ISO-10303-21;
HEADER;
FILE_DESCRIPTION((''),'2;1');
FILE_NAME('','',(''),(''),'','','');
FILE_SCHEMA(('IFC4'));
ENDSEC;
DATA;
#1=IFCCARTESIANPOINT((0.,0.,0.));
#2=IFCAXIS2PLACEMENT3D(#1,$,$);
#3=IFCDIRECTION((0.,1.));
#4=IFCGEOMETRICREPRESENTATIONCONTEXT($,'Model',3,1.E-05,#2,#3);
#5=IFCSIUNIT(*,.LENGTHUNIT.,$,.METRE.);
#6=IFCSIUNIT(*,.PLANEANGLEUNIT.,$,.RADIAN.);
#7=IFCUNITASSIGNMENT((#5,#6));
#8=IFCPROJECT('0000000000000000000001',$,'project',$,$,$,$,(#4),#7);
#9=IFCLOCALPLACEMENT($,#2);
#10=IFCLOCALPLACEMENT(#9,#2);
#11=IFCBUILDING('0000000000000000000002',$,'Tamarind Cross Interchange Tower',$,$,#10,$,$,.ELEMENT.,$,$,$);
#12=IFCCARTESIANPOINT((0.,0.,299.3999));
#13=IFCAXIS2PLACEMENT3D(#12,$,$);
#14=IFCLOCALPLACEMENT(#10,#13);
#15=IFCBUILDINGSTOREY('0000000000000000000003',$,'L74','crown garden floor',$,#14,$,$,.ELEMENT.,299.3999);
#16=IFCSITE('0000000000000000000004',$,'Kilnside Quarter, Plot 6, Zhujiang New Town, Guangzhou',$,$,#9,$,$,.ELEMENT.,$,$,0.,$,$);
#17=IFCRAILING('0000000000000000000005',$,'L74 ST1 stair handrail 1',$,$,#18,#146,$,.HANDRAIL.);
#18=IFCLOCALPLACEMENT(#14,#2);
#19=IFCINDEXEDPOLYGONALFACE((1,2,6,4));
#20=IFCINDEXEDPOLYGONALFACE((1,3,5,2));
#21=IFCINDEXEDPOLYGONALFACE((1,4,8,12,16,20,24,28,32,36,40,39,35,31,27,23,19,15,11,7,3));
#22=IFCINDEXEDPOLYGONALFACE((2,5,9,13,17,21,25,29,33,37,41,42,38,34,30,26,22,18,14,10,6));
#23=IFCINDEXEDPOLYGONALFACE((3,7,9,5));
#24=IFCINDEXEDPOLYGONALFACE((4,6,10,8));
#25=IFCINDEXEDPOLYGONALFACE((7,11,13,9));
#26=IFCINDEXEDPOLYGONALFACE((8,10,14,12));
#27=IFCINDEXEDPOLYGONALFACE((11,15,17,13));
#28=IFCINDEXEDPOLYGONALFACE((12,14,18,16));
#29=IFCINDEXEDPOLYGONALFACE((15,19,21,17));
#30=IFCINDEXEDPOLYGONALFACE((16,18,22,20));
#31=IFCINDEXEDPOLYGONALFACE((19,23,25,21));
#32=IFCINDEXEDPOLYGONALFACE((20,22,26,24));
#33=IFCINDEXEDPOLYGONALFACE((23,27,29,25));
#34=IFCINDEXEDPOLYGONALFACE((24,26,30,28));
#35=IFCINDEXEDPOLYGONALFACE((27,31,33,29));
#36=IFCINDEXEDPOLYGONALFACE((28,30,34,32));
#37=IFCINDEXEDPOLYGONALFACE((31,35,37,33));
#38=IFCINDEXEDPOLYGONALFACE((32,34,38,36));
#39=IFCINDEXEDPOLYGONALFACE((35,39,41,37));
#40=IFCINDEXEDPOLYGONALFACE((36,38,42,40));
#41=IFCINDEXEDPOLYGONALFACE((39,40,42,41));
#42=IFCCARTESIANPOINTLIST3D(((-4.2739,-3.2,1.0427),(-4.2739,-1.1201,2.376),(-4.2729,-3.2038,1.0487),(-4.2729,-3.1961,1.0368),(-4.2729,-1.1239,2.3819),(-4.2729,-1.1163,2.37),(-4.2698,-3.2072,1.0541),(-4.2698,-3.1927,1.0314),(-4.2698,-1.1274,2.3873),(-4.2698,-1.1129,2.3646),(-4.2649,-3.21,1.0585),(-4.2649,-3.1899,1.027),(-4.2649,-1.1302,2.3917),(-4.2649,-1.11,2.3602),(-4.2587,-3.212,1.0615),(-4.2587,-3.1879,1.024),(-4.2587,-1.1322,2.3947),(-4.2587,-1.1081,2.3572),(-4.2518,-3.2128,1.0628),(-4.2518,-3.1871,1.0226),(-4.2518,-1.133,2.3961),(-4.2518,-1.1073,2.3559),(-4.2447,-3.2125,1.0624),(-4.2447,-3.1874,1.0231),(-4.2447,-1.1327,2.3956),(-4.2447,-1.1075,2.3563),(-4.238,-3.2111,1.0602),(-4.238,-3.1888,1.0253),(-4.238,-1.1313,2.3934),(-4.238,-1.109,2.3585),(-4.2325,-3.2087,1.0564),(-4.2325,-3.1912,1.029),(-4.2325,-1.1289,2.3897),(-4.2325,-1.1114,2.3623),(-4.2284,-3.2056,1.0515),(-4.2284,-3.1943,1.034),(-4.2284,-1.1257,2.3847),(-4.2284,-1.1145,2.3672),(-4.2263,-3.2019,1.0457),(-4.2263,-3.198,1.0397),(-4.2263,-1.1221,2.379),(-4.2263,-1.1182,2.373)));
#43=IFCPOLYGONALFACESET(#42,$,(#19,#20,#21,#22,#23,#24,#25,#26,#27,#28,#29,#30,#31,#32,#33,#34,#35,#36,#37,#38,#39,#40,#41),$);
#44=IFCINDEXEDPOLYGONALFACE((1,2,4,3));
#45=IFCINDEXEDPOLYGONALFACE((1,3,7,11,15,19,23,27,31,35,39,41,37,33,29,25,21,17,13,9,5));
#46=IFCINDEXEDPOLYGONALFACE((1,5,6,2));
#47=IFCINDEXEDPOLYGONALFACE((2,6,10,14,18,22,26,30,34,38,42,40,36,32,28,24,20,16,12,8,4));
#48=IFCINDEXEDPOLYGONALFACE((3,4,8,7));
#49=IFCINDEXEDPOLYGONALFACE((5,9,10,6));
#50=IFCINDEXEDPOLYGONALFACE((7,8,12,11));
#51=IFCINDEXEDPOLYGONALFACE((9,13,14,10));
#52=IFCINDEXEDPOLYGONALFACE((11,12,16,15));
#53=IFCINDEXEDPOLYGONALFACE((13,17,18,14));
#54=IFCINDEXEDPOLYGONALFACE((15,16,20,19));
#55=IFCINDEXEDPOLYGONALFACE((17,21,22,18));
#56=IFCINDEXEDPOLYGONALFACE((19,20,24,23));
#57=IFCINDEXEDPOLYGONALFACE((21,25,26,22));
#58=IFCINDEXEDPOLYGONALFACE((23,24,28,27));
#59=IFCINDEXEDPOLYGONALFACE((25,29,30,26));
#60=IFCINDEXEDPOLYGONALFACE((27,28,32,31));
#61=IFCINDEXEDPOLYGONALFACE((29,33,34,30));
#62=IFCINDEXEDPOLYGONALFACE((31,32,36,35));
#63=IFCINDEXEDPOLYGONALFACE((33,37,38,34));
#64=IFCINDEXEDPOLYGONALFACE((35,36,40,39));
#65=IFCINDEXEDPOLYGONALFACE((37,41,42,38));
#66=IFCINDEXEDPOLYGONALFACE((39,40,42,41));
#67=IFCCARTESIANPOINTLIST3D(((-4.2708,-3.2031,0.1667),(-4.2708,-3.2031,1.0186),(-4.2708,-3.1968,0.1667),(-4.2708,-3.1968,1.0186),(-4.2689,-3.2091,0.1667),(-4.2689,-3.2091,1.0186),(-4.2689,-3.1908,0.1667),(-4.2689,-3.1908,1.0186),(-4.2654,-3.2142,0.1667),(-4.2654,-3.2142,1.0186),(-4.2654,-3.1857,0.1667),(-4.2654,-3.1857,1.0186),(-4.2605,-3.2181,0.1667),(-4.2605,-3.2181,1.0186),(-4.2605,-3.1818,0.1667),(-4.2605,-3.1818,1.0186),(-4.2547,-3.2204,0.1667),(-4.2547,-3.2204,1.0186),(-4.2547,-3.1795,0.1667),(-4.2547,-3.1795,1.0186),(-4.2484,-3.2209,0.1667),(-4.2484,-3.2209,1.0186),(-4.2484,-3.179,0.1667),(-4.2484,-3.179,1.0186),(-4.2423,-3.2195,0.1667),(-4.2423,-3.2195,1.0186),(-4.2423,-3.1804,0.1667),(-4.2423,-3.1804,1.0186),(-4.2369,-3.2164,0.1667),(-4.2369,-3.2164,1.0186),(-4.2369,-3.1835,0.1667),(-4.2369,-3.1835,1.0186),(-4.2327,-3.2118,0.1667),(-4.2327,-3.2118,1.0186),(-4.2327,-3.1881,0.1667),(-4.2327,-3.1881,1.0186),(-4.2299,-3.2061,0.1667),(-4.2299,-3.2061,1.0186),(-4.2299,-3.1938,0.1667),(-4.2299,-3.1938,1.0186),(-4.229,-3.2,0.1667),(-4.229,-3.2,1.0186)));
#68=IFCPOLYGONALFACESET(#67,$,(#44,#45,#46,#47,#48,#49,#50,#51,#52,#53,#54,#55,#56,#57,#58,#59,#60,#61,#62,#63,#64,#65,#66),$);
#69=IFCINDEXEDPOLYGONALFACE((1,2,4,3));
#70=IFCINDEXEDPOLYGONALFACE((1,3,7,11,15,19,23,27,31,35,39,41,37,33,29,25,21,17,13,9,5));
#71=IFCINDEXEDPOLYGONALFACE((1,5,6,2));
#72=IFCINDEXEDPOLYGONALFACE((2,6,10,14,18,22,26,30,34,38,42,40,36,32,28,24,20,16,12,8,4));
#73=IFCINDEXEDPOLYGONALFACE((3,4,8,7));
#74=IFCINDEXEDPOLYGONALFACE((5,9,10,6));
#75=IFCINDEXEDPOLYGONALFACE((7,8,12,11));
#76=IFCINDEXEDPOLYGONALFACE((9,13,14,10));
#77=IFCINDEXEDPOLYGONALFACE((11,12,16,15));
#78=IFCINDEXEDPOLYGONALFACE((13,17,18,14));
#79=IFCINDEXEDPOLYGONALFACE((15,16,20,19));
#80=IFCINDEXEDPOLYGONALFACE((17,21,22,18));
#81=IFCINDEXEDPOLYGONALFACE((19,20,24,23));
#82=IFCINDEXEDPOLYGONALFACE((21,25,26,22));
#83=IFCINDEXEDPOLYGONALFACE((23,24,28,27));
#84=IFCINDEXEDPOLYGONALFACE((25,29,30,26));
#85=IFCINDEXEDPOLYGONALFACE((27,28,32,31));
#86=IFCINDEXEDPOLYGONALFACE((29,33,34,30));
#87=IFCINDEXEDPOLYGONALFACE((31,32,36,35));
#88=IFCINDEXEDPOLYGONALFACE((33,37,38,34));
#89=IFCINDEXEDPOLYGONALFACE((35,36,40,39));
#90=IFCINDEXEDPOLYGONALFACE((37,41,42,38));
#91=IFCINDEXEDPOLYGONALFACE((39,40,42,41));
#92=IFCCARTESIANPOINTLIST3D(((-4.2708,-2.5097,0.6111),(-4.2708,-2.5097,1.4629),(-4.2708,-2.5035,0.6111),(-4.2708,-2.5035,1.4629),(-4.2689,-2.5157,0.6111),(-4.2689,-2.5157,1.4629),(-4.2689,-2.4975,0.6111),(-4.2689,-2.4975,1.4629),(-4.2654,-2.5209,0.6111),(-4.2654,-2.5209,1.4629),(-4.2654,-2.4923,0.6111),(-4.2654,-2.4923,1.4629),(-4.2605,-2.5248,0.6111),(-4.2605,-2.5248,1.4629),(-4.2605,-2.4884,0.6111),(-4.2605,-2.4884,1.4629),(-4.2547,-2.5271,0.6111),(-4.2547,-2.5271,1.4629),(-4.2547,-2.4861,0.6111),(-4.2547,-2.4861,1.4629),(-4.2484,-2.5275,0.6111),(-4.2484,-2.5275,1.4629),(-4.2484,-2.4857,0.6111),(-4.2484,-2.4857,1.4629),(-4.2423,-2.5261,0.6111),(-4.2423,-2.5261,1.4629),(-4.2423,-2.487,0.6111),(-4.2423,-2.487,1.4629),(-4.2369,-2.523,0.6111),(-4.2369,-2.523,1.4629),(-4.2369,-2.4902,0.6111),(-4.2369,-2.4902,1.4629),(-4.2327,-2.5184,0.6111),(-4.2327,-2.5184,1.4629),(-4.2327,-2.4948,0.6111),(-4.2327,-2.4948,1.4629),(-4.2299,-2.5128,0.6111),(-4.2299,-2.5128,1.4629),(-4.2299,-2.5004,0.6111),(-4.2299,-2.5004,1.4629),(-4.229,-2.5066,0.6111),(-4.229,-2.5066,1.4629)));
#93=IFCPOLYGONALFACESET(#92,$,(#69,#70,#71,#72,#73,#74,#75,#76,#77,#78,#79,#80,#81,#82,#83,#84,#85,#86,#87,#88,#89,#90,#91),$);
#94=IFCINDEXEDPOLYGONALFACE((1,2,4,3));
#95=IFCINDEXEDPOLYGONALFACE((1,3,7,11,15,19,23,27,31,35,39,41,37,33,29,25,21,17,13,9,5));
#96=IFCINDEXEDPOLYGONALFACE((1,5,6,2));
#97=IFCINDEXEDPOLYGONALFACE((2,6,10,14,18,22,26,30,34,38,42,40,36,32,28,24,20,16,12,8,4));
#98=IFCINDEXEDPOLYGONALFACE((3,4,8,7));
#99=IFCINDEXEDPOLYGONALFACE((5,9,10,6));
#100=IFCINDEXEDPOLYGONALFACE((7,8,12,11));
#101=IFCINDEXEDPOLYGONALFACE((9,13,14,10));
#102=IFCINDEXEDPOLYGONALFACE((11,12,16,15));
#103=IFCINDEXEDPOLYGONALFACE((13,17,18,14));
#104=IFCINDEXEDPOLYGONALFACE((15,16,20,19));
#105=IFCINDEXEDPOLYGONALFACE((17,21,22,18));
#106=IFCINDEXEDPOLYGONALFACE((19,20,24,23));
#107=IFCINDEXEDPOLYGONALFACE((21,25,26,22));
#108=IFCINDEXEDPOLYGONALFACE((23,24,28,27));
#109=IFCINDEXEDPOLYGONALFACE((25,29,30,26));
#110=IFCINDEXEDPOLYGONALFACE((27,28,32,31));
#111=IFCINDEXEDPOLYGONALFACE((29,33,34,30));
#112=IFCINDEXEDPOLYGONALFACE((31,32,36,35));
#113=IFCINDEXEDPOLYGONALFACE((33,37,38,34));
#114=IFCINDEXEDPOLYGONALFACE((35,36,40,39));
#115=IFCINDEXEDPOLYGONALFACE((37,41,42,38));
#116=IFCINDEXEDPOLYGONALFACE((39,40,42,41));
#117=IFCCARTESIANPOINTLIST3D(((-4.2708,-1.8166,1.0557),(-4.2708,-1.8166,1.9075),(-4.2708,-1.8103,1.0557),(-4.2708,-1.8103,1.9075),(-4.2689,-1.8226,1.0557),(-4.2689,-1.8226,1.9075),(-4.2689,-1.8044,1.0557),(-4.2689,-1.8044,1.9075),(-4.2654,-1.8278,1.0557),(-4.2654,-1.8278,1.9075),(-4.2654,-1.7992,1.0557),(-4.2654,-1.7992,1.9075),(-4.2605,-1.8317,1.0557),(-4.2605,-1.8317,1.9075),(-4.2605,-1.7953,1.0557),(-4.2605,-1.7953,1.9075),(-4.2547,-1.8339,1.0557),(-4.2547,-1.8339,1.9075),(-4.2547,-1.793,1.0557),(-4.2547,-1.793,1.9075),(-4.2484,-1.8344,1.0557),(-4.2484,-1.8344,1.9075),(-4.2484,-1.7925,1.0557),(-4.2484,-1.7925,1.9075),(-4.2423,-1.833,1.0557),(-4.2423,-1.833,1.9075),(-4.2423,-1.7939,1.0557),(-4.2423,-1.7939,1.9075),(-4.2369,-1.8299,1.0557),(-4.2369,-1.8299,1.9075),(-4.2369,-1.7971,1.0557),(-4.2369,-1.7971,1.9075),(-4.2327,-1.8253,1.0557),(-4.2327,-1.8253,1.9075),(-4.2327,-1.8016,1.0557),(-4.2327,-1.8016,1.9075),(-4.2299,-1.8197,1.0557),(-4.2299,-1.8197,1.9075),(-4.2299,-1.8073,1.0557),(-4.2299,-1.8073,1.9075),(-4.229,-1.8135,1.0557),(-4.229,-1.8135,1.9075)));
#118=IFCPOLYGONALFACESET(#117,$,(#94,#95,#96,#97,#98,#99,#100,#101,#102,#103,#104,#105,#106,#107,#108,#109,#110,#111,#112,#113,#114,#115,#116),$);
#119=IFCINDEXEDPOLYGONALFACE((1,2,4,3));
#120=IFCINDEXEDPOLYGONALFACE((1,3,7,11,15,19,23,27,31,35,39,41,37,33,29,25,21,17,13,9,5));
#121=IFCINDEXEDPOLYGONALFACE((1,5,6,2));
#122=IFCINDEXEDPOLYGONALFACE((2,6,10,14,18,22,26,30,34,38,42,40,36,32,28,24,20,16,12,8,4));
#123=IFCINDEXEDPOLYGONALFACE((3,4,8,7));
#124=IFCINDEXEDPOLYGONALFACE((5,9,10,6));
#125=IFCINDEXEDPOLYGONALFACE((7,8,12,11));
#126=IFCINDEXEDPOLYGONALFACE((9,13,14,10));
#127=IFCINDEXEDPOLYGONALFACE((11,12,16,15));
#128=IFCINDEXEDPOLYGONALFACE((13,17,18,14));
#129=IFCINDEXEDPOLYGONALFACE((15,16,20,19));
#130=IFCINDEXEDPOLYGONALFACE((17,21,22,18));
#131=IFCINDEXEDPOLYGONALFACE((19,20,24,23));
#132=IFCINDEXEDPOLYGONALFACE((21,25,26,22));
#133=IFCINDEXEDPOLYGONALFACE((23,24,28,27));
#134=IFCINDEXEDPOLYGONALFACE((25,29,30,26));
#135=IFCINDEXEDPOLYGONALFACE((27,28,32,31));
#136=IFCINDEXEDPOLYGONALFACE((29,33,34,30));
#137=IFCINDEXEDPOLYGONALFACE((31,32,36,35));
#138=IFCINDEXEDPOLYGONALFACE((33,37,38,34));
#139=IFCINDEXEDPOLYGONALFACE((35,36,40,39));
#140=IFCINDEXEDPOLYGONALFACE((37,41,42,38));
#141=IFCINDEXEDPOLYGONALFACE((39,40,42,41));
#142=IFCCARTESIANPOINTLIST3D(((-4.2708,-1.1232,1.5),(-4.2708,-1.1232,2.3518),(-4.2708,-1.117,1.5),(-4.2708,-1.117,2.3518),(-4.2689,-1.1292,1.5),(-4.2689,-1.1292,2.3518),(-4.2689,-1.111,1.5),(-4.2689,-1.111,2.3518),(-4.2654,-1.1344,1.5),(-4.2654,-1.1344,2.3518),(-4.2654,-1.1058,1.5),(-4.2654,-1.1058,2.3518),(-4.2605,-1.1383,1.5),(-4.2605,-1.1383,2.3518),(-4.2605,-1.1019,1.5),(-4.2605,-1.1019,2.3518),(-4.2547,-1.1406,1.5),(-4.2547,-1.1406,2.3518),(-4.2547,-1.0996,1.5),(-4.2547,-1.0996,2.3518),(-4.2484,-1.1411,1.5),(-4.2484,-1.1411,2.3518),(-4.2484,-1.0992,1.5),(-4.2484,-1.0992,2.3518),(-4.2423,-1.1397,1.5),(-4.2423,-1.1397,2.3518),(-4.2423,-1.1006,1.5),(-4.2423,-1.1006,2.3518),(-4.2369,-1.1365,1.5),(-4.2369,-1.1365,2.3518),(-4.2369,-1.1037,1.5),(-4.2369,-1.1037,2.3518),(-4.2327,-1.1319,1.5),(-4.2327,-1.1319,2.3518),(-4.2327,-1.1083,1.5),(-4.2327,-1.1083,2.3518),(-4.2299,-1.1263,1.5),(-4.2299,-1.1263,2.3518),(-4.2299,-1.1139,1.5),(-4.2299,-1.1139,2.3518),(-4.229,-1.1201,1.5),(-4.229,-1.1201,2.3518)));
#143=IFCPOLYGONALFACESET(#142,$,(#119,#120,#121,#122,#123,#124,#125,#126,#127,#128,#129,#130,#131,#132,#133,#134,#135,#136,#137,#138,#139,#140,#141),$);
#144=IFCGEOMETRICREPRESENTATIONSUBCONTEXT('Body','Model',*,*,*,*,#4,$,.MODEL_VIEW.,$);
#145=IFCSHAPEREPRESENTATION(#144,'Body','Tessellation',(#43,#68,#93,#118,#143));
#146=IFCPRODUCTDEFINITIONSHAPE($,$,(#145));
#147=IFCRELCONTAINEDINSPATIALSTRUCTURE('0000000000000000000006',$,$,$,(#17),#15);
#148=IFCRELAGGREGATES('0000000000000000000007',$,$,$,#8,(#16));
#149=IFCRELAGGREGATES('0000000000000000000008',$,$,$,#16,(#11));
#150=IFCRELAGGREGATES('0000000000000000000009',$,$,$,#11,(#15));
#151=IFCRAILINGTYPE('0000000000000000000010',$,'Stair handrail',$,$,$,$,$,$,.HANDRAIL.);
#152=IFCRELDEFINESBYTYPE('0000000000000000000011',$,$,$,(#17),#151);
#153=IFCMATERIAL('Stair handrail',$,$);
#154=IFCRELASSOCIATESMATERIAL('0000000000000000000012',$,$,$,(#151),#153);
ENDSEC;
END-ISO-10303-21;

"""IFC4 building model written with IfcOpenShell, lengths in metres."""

from ifc_helpers import new_model, si_unit, direction, frame, origin, origin_2d, place, context, subcontext, project, spatial, circle, extrude, material, type_object, element, save


model = new_model("IFC4")

# Units and contexts
model_context = context("Model", 3, precision=1e-05, world=origin(), true_north=direction((0.0, 1.0)))
body_context = subcontext(model_context, "Body", "Model", "MODEL_VIEW")
ifc_project = project(units=[si_unit("LENGTHUNIT", "METRE"), si_unit("PLANEANGLEUNIT", "RADIAN")], contexts=[model_context])

# Site, building, storey
site_placement = place(None, origin())
site = spatial("IfcSite", under=ifc_project, at=site_placement, Name="Kilnside Quarter, Plot 6, Zhujiang New Town, Guangzhou", CompositionType="ELEMENT", RefElevation=0.0)
building_placement = place(site_placement, origin())
building = spatial("IfcBuilding", under=site, at=building_placement, Name="Tamarind Cross Interchange Tower", CompositionType="ELEMENT")
storey_placement = place(building_placement, frame((0.0, 0.0, 299.3999)))
storey = spatial("IfcBuildingStorey", under=building, at=storey_placement, Name="L74", Description="crown garden floor", CompositionType="ELEMENT", Elevation=299.3999)

# Railing
ifc_material_1 = material(Name="Stair handrail")
railing_type_1 = type_object("IfcRailingType", Name="Stair handrail", PredefinedType="HANDRAIL", material=ifc_material_1)
railing_1_placement = place(storey_placement, frame((-4.25, -3.2, 0.1667)))
element("IfcRailing", 1, at=railing_1_placement, inside=storey, type_object=railing_type_1, Name="L74 ST1 stair handrail 1", PredefinedType="HANDRAIL", context=body_context, shape_type="SweptSolid", body=[
    extrude(circle(Radius=0.0239, at=origin_2d()), frame((0.0, 0.0, 0.876), z_axis=(0.0, 0.841875, 0.539673), x_axis=(-1.0, 0.0, 0.0)), (0.0, 0.0, 1.0), 2.4705),
    extrude(circle(Radius=0.021, at=origin_2d()), origin(), (0.0, 0.0, 1.0), 0.8518),
    extrude(circle(Radius=0.021, at=origin_2d()), frame((0.0, 0.6934, 0.4443)), (0.0, 0.0, 1.0), 0.8518),
    extrude(circle(Radius=0.021, at=origin_2d()), frame((0.0, 1.3865, 0.8889)), (0.0, 0.0, 1.0), 0.8518),
    extrude(circle(Radius=0.021, at=origin_2d()), frame((0.0, 2.0798, 1.3333)), (0.0, 0.0, 1.0), 0.8518),
])

save(model, "model.ifc")
